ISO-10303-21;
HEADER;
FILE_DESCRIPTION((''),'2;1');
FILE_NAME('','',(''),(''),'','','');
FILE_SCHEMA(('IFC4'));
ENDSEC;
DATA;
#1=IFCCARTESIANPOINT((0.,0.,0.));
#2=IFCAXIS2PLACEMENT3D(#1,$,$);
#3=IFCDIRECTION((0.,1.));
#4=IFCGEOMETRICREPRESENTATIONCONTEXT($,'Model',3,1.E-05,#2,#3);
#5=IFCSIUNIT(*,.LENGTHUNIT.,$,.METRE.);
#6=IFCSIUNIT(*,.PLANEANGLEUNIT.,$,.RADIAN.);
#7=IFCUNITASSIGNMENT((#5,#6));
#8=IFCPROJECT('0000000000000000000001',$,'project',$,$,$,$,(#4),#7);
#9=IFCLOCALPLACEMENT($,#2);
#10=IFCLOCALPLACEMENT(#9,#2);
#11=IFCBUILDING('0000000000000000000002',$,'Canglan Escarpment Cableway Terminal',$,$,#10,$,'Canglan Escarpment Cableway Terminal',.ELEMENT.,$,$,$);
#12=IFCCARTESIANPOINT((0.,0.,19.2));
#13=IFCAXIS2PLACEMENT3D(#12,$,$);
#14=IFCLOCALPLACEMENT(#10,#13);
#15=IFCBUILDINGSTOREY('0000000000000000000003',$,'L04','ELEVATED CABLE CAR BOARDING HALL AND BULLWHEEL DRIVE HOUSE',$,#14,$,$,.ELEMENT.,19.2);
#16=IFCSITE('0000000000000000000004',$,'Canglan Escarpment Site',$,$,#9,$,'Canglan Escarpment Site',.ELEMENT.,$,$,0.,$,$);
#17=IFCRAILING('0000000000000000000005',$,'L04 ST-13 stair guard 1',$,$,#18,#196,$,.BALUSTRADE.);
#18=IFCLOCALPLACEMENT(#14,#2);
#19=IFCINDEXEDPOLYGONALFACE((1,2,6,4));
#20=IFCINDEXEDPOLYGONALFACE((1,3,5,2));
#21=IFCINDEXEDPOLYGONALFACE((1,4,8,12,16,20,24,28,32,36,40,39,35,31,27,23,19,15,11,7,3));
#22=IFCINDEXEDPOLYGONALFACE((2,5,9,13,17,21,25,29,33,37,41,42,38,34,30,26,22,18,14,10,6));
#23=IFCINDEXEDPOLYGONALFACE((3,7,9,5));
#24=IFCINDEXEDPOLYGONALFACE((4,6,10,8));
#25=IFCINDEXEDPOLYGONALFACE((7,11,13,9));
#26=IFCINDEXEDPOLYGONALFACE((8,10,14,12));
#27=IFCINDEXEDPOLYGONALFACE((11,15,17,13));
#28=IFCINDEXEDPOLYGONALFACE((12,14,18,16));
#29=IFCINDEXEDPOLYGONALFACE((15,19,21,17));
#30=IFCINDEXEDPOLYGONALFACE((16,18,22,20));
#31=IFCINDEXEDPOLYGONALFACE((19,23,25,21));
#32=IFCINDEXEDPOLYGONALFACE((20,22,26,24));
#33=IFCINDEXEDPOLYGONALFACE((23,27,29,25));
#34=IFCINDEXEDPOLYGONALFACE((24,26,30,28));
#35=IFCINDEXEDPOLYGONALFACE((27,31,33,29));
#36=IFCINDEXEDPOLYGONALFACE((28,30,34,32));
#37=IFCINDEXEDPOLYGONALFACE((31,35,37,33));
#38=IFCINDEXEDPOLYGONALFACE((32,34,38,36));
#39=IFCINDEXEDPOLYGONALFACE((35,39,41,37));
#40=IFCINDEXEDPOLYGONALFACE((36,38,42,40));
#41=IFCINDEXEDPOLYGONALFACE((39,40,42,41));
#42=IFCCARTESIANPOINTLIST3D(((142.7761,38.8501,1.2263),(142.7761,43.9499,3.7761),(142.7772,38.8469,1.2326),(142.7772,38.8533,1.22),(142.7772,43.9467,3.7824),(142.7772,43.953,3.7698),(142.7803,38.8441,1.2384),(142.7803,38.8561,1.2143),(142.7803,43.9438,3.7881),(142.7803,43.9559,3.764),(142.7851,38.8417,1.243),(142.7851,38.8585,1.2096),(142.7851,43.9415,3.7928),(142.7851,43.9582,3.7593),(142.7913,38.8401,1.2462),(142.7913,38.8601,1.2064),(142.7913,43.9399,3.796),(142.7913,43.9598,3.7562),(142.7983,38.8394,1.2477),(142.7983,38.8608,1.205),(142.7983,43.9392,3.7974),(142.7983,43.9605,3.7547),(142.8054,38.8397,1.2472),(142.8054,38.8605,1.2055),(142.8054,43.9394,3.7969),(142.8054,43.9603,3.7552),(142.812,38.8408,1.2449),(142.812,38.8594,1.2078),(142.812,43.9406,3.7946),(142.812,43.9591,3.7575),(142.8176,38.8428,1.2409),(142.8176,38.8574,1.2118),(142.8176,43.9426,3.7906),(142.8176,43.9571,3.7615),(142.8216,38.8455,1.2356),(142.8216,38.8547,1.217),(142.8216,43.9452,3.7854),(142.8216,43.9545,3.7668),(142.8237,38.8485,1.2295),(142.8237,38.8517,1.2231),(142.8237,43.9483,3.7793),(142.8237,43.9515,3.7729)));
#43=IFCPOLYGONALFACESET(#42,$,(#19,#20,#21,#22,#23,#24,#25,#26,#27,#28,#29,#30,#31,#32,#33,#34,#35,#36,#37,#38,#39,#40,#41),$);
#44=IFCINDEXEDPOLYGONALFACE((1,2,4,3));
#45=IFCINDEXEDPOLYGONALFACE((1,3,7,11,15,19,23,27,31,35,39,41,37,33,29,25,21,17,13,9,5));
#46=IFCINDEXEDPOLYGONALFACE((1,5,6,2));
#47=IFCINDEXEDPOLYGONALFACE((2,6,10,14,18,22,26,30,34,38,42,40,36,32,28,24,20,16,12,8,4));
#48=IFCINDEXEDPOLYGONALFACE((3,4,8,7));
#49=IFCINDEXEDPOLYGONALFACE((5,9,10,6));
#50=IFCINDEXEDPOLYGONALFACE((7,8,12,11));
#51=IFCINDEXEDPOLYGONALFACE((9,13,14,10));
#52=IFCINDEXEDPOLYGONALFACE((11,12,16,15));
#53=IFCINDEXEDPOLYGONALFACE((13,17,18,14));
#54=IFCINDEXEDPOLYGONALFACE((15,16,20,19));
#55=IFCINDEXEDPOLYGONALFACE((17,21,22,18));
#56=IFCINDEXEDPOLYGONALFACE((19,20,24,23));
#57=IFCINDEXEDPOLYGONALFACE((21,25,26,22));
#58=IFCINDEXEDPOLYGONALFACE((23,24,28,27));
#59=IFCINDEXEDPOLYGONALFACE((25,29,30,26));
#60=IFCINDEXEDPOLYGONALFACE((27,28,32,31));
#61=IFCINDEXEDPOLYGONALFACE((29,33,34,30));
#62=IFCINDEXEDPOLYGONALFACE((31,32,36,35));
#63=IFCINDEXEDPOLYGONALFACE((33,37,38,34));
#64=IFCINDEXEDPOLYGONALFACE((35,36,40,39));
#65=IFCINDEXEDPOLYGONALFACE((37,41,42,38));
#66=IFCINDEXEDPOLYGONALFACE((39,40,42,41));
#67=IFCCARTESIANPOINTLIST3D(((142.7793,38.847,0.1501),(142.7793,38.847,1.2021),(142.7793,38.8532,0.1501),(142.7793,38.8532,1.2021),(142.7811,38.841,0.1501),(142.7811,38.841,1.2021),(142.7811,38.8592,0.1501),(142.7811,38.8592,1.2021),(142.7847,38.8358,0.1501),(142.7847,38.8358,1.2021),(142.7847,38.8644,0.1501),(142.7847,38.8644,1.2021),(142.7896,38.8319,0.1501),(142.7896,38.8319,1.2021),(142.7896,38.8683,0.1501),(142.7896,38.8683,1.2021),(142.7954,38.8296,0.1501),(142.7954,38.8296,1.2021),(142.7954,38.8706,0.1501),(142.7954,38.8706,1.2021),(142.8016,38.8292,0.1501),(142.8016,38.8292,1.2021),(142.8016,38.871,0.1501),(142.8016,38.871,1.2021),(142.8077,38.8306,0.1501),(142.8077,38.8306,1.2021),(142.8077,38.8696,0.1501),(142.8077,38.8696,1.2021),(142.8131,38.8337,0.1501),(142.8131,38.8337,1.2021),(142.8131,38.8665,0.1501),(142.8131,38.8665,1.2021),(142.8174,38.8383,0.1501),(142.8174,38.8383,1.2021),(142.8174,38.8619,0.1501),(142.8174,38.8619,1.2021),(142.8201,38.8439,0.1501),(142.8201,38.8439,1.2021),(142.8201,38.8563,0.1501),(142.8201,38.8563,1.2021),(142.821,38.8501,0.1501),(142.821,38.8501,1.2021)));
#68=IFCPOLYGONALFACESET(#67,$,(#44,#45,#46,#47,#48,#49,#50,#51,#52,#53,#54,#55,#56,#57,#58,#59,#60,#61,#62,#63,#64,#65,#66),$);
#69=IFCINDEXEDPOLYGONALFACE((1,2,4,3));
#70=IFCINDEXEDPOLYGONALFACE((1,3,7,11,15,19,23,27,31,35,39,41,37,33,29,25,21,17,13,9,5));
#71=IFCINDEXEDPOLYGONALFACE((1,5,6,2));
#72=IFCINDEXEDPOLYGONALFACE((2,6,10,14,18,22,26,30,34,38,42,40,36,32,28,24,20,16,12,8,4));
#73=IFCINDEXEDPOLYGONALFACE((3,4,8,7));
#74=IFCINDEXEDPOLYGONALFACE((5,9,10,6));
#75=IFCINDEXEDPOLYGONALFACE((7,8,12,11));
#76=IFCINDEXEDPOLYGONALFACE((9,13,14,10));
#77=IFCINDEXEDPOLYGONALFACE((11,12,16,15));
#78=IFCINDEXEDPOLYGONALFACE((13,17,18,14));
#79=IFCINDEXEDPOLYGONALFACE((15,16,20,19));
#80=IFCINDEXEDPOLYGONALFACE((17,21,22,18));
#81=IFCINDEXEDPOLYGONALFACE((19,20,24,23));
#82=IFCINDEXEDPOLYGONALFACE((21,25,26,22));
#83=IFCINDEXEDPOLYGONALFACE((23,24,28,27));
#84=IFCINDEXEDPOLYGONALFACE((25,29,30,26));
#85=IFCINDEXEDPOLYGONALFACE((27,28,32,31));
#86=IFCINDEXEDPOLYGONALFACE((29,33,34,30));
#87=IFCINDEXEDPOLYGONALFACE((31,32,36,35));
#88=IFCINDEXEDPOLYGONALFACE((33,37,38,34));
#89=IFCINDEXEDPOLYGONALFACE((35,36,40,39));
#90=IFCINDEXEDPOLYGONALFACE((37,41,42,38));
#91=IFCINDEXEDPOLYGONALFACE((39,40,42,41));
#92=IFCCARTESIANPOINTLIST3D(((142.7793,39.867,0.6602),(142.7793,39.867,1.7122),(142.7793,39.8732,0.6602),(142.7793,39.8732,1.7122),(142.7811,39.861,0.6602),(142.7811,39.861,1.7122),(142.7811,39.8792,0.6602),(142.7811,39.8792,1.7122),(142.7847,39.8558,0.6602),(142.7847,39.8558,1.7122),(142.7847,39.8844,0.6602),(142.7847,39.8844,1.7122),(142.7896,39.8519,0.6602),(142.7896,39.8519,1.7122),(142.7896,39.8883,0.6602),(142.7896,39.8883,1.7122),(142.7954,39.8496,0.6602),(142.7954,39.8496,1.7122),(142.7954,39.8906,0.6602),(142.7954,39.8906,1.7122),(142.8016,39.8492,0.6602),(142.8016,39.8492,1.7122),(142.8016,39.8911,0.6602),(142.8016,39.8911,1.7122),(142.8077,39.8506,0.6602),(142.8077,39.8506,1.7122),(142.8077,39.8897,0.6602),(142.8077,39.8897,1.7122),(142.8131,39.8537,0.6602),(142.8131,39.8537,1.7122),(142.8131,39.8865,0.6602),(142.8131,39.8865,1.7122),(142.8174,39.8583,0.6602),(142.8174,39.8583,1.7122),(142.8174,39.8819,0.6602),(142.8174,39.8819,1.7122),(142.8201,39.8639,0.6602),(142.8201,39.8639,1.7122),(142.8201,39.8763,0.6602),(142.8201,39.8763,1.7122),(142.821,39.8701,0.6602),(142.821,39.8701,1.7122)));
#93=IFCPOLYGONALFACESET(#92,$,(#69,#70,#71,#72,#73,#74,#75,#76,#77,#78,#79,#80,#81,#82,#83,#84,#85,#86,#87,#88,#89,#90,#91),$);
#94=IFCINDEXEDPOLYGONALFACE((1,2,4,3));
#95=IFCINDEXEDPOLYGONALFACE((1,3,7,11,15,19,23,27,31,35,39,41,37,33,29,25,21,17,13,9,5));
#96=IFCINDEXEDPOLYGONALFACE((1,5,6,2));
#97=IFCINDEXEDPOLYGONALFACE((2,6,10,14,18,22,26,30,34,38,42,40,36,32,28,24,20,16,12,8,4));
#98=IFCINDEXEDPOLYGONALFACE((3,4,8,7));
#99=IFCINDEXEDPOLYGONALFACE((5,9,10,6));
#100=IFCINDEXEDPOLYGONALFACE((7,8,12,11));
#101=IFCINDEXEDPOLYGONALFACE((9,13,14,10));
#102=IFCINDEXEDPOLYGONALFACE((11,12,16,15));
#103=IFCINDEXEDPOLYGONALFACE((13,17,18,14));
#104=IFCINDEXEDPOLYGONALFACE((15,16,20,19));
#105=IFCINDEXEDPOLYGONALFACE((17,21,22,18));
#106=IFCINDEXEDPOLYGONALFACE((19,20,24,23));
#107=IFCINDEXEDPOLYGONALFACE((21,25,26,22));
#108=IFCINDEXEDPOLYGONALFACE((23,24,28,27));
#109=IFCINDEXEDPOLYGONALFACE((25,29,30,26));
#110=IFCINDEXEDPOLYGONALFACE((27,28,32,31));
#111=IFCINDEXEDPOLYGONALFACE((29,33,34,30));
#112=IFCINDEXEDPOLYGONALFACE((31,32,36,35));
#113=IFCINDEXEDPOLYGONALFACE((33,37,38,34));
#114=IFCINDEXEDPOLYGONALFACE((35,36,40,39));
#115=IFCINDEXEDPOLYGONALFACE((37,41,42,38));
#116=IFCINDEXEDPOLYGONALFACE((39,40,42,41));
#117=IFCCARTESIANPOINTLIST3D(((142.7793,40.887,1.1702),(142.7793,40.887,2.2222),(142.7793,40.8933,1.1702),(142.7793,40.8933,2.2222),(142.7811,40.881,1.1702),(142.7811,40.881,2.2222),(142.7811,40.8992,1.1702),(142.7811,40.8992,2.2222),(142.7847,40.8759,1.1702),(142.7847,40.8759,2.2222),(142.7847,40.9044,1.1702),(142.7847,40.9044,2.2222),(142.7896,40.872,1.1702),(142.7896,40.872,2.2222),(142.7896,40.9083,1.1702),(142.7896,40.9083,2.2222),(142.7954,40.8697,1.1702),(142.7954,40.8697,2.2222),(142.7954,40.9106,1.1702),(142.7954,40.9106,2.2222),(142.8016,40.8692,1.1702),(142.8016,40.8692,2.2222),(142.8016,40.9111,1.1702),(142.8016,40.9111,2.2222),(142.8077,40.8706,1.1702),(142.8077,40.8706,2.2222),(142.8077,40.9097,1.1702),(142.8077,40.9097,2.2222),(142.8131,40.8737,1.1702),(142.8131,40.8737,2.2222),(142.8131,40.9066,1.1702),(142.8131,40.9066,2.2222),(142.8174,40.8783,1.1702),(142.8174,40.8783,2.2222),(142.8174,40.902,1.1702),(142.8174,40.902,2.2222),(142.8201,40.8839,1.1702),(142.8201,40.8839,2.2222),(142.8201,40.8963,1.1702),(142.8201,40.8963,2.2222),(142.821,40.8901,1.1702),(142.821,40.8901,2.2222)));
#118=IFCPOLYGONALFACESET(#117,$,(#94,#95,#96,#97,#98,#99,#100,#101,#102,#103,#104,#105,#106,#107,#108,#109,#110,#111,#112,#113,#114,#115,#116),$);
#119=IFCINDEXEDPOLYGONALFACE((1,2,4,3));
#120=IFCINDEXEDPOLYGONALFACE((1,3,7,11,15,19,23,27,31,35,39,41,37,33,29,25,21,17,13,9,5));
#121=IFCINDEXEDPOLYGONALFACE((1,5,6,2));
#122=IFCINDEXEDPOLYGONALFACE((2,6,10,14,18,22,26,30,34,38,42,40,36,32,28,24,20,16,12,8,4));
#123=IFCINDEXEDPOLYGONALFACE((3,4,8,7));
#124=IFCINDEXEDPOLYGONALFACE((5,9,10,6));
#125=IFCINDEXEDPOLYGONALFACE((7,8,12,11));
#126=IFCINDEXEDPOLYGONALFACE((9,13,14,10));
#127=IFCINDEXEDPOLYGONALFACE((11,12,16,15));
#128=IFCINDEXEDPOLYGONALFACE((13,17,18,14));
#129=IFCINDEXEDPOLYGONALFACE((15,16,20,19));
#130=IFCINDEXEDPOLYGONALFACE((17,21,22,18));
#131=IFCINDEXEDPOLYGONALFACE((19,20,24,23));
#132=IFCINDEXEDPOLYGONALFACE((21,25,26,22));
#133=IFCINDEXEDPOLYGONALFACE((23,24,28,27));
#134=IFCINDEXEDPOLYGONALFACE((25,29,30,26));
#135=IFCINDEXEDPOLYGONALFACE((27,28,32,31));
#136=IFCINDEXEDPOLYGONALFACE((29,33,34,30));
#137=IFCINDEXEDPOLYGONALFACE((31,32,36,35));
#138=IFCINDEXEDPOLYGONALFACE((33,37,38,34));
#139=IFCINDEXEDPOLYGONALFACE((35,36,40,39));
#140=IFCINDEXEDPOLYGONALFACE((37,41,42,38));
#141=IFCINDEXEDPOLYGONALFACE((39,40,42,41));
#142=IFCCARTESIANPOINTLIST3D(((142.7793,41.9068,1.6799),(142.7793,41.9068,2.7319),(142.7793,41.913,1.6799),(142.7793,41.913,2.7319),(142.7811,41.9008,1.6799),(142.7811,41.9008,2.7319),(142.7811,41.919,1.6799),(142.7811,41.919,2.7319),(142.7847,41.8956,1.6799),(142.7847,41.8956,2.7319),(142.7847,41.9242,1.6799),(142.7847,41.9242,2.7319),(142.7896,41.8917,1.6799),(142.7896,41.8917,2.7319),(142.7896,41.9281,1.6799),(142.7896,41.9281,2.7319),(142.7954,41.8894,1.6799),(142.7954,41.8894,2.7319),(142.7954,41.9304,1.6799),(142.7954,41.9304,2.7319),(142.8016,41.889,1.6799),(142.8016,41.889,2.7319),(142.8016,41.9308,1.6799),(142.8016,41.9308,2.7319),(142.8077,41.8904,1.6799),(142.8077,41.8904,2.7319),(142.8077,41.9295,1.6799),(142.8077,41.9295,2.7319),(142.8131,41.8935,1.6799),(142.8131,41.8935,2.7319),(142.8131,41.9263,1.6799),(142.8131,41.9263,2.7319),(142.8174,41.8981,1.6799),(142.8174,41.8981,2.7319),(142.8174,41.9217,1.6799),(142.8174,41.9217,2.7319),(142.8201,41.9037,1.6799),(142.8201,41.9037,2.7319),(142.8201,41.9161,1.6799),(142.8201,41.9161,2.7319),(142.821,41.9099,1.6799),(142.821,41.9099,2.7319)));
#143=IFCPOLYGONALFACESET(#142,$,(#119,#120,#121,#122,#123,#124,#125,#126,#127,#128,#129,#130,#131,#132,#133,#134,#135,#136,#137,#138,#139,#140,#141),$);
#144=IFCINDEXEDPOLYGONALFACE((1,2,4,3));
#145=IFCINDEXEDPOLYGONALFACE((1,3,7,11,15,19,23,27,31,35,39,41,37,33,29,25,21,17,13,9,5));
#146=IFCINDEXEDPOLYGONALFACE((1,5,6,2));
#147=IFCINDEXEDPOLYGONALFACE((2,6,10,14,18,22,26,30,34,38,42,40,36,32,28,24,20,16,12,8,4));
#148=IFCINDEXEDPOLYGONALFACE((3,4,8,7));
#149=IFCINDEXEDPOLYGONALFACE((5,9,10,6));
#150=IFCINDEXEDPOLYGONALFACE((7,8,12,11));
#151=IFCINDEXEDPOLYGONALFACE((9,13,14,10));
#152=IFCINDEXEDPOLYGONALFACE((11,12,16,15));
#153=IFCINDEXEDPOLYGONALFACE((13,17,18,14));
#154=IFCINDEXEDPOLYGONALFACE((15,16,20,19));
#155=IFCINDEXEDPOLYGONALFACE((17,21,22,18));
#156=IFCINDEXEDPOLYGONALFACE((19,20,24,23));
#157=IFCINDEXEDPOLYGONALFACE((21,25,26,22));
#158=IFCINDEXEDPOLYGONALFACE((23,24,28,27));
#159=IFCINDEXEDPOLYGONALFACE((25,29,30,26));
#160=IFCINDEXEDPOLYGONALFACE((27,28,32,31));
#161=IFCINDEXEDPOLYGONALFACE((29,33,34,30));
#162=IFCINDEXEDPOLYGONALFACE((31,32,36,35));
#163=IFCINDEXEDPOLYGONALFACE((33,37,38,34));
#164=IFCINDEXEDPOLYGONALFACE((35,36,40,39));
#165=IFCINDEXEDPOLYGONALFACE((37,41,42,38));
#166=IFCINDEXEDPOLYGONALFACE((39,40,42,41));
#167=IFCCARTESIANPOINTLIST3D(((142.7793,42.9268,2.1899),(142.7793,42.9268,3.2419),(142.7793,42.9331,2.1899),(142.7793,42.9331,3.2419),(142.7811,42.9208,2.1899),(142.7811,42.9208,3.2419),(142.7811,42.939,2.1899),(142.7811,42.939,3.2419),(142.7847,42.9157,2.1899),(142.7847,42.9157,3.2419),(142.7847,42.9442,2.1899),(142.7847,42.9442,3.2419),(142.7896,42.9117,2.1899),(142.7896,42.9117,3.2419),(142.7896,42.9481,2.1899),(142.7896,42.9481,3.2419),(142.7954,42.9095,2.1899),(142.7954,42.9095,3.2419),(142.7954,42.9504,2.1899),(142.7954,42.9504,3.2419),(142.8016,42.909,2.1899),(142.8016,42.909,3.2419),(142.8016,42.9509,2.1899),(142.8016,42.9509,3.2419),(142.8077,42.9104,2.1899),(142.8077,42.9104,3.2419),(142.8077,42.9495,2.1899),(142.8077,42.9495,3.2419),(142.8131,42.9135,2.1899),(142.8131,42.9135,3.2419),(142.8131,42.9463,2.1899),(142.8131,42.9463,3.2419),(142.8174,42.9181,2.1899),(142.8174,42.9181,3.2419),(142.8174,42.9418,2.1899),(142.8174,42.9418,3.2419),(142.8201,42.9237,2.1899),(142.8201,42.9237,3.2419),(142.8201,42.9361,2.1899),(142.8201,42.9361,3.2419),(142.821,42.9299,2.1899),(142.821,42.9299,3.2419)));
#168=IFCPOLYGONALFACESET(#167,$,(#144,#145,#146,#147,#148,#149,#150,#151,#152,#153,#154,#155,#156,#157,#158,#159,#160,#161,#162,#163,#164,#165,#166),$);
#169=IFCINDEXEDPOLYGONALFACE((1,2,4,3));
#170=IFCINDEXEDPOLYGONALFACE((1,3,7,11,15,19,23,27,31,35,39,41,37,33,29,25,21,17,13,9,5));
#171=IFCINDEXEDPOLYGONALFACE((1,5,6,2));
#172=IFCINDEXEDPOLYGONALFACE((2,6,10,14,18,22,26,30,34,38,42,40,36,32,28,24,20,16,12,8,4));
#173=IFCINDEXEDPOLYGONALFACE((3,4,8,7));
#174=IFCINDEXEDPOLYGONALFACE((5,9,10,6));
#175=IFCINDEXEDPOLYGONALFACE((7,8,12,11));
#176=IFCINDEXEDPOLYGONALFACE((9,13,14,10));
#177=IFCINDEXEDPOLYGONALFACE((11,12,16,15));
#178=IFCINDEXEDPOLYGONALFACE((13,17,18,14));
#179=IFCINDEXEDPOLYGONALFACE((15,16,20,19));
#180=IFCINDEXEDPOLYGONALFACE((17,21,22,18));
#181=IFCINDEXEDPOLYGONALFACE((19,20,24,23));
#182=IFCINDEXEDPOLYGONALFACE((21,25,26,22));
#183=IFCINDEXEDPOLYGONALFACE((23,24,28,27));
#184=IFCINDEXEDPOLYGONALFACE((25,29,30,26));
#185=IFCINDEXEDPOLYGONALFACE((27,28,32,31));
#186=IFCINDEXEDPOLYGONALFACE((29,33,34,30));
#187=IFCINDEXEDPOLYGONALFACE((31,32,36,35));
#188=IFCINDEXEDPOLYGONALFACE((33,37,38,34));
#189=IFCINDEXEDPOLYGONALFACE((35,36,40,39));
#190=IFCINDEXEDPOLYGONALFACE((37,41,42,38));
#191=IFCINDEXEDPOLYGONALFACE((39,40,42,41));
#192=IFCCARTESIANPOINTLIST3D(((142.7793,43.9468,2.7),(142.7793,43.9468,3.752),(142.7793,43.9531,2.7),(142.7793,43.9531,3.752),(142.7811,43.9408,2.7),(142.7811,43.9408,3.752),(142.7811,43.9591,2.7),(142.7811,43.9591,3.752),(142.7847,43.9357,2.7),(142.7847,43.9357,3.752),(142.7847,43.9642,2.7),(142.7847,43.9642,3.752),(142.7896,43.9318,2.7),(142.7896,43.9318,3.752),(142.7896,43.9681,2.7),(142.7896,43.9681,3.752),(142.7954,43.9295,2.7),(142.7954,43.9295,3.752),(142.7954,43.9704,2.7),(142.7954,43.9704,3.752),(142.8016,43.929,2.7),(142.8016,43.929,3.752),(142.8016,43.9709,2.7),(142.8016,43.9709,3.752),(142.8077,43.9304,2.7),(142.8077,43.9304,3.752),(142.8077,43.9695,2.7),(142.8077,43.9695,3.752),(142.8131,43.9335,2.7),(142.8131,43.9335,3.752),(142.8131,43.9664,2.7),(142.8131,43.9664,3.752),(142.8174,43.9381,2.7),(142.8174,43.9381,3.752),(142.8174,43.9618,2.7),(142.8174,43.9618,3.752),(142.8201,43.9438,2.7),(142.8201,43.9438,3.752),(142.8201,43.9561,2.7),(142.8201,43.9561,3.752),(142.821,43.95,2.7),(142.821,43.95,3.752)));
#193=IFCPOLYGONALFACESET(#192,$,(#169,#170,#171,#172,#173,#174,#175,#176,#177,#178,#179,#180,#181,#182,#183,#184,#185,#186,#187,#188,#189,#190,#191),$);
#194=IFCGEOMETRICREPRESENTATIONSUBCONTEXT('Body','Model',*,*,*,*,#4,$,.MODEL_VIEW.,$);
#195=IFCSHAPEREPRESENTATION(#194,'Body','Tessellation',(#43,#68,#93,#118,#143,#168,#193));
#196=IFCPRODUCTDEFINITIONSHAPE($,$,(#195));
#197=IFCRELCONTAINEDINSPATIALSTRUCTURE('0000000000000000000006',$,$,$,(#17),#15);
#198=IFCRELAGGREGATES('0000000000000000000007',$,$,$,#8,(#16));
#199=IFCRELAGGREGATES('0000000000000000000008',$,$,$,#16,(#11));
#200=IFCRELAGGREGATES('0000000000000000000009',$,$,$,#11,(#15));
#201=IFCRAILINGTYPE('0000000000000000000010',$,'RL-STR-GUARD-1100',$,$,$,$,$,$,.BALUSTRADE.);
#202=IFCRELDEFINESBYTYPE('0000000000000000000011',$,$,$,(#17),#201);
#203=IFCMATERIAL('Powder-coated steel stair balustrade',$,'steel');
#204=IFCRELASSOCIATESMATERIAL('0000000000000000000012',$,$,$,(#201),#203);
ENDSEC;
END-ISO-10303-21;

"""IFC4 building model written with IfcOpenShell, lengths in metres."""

from ifc_helpers import new_model, si_unit, direction, frame, origin, origin_2d, place, context, subcontext, project, spatial, circle, extrude, material, type_object, element, save


model = new_model("IFC4")

# Units and contexts
model_context = context("Model", 3, precision=1e-05, world=origin(), true_north=direction((0.0, 1.0)))
body_context = subcontext(model_context, "Body", "Model", "MODEL_VIEW")
ifc_project = project(units=[si_unit("LENGTHUNIT", "METRE"), si_unit("PLANEANGLEUNIT", "RADIAN")], contexts=[model_context])

# Site, building, storey
site_placement = place(None, origin())
site = spatial("IfcSite", under=ifc_project, at=site_placement, Name="Canglan Escarpment Site", LongName="Canglan Escarpment Site", CompositionType="ELEMENT", RefElevation=0.0)
building_placement = place(site_placement, origin())
building = spatial("IfcBuilding", under=site, at=building_placement, Name="Canglan Escarpment Cableway Terminal", LongName="Canglan Escarpment Cableway Terminal", CompositionType="ELEMENT")
storey_placement = place(building_placement, frame((0.0, 0.0, 19.2)))
storey = spatial("IfcBuildingStorey", under=building, at=storey_placement, Name="L04", Description="ELEVATED CABLE CAR BOARDING HALL AND BULLWHEEL DRIVE HOUSE", CompositionType="ELEMENT", Elevation=19.2)

# Railing
ifc_material_1 = material(Name="Powder-coated steel stair balustrade", Category="steel")
railing_type_1 = type_object("IfcRailingType", Name="RL-STR-GUARD-1100", PredefinedType="BALUSTRADE", material=ifc_material_1)
railing_1_placement = place(storey_placement, frame((142.8, 38.8501, 0.1501)))
element("IfcRailing", 1, at=railing_1_placement, inside=storey, type_object=railing_type_1, Name="L04 ST-13 stair guard 1", PredefinedType="BALUSTRADE", context=body_context, shape_type="SweptSolid", body=[
    extrude(circle(Radius=0.0239, at=origin_2d()), frame((0.0, 0.0, 1.0762), z_axis=(0.0, 0.894436, 0.447196), x_axis=(-1.0, 0.0, 0.0)), (0.0, 0.0, 1.0), 5.7017),
    extrude(circle(Radius=0.021, at=origin_2d()), origin(), (0.0, 0.0, 1.0), 1.052),
    extrude(circle(Radius=0.021, at=origin_2d()), frame((0.0, 1.02, 0.51)), (0.0, 0.0, 1.0), 1.052),
    extrude(circle(Radius=0.021, at=origin_2d()), frame((0.0, 2.04, 1.02)), (0.0, 0.0, 1.0), 1.052),
    extrude(circle(Radius=0.021, at=origin_2d()), frame((0.0, 3.0598, 1.5298)), (0.0, 0.0, 1.0), 1.052),
    extrude(circle(Radius=0.021, at=origin_2d()), frame((0.0, 4.0798, 2.0398)), (0.0, 0.0, 1.0), 1.052),
    extrude(circle(Radius=0.021, at=origin_2d()), frame((0.0, 5.0999, 2.5498)), (0.0, 0.0, 1.0), 1.052),
])

save(model, "model.ifc")
